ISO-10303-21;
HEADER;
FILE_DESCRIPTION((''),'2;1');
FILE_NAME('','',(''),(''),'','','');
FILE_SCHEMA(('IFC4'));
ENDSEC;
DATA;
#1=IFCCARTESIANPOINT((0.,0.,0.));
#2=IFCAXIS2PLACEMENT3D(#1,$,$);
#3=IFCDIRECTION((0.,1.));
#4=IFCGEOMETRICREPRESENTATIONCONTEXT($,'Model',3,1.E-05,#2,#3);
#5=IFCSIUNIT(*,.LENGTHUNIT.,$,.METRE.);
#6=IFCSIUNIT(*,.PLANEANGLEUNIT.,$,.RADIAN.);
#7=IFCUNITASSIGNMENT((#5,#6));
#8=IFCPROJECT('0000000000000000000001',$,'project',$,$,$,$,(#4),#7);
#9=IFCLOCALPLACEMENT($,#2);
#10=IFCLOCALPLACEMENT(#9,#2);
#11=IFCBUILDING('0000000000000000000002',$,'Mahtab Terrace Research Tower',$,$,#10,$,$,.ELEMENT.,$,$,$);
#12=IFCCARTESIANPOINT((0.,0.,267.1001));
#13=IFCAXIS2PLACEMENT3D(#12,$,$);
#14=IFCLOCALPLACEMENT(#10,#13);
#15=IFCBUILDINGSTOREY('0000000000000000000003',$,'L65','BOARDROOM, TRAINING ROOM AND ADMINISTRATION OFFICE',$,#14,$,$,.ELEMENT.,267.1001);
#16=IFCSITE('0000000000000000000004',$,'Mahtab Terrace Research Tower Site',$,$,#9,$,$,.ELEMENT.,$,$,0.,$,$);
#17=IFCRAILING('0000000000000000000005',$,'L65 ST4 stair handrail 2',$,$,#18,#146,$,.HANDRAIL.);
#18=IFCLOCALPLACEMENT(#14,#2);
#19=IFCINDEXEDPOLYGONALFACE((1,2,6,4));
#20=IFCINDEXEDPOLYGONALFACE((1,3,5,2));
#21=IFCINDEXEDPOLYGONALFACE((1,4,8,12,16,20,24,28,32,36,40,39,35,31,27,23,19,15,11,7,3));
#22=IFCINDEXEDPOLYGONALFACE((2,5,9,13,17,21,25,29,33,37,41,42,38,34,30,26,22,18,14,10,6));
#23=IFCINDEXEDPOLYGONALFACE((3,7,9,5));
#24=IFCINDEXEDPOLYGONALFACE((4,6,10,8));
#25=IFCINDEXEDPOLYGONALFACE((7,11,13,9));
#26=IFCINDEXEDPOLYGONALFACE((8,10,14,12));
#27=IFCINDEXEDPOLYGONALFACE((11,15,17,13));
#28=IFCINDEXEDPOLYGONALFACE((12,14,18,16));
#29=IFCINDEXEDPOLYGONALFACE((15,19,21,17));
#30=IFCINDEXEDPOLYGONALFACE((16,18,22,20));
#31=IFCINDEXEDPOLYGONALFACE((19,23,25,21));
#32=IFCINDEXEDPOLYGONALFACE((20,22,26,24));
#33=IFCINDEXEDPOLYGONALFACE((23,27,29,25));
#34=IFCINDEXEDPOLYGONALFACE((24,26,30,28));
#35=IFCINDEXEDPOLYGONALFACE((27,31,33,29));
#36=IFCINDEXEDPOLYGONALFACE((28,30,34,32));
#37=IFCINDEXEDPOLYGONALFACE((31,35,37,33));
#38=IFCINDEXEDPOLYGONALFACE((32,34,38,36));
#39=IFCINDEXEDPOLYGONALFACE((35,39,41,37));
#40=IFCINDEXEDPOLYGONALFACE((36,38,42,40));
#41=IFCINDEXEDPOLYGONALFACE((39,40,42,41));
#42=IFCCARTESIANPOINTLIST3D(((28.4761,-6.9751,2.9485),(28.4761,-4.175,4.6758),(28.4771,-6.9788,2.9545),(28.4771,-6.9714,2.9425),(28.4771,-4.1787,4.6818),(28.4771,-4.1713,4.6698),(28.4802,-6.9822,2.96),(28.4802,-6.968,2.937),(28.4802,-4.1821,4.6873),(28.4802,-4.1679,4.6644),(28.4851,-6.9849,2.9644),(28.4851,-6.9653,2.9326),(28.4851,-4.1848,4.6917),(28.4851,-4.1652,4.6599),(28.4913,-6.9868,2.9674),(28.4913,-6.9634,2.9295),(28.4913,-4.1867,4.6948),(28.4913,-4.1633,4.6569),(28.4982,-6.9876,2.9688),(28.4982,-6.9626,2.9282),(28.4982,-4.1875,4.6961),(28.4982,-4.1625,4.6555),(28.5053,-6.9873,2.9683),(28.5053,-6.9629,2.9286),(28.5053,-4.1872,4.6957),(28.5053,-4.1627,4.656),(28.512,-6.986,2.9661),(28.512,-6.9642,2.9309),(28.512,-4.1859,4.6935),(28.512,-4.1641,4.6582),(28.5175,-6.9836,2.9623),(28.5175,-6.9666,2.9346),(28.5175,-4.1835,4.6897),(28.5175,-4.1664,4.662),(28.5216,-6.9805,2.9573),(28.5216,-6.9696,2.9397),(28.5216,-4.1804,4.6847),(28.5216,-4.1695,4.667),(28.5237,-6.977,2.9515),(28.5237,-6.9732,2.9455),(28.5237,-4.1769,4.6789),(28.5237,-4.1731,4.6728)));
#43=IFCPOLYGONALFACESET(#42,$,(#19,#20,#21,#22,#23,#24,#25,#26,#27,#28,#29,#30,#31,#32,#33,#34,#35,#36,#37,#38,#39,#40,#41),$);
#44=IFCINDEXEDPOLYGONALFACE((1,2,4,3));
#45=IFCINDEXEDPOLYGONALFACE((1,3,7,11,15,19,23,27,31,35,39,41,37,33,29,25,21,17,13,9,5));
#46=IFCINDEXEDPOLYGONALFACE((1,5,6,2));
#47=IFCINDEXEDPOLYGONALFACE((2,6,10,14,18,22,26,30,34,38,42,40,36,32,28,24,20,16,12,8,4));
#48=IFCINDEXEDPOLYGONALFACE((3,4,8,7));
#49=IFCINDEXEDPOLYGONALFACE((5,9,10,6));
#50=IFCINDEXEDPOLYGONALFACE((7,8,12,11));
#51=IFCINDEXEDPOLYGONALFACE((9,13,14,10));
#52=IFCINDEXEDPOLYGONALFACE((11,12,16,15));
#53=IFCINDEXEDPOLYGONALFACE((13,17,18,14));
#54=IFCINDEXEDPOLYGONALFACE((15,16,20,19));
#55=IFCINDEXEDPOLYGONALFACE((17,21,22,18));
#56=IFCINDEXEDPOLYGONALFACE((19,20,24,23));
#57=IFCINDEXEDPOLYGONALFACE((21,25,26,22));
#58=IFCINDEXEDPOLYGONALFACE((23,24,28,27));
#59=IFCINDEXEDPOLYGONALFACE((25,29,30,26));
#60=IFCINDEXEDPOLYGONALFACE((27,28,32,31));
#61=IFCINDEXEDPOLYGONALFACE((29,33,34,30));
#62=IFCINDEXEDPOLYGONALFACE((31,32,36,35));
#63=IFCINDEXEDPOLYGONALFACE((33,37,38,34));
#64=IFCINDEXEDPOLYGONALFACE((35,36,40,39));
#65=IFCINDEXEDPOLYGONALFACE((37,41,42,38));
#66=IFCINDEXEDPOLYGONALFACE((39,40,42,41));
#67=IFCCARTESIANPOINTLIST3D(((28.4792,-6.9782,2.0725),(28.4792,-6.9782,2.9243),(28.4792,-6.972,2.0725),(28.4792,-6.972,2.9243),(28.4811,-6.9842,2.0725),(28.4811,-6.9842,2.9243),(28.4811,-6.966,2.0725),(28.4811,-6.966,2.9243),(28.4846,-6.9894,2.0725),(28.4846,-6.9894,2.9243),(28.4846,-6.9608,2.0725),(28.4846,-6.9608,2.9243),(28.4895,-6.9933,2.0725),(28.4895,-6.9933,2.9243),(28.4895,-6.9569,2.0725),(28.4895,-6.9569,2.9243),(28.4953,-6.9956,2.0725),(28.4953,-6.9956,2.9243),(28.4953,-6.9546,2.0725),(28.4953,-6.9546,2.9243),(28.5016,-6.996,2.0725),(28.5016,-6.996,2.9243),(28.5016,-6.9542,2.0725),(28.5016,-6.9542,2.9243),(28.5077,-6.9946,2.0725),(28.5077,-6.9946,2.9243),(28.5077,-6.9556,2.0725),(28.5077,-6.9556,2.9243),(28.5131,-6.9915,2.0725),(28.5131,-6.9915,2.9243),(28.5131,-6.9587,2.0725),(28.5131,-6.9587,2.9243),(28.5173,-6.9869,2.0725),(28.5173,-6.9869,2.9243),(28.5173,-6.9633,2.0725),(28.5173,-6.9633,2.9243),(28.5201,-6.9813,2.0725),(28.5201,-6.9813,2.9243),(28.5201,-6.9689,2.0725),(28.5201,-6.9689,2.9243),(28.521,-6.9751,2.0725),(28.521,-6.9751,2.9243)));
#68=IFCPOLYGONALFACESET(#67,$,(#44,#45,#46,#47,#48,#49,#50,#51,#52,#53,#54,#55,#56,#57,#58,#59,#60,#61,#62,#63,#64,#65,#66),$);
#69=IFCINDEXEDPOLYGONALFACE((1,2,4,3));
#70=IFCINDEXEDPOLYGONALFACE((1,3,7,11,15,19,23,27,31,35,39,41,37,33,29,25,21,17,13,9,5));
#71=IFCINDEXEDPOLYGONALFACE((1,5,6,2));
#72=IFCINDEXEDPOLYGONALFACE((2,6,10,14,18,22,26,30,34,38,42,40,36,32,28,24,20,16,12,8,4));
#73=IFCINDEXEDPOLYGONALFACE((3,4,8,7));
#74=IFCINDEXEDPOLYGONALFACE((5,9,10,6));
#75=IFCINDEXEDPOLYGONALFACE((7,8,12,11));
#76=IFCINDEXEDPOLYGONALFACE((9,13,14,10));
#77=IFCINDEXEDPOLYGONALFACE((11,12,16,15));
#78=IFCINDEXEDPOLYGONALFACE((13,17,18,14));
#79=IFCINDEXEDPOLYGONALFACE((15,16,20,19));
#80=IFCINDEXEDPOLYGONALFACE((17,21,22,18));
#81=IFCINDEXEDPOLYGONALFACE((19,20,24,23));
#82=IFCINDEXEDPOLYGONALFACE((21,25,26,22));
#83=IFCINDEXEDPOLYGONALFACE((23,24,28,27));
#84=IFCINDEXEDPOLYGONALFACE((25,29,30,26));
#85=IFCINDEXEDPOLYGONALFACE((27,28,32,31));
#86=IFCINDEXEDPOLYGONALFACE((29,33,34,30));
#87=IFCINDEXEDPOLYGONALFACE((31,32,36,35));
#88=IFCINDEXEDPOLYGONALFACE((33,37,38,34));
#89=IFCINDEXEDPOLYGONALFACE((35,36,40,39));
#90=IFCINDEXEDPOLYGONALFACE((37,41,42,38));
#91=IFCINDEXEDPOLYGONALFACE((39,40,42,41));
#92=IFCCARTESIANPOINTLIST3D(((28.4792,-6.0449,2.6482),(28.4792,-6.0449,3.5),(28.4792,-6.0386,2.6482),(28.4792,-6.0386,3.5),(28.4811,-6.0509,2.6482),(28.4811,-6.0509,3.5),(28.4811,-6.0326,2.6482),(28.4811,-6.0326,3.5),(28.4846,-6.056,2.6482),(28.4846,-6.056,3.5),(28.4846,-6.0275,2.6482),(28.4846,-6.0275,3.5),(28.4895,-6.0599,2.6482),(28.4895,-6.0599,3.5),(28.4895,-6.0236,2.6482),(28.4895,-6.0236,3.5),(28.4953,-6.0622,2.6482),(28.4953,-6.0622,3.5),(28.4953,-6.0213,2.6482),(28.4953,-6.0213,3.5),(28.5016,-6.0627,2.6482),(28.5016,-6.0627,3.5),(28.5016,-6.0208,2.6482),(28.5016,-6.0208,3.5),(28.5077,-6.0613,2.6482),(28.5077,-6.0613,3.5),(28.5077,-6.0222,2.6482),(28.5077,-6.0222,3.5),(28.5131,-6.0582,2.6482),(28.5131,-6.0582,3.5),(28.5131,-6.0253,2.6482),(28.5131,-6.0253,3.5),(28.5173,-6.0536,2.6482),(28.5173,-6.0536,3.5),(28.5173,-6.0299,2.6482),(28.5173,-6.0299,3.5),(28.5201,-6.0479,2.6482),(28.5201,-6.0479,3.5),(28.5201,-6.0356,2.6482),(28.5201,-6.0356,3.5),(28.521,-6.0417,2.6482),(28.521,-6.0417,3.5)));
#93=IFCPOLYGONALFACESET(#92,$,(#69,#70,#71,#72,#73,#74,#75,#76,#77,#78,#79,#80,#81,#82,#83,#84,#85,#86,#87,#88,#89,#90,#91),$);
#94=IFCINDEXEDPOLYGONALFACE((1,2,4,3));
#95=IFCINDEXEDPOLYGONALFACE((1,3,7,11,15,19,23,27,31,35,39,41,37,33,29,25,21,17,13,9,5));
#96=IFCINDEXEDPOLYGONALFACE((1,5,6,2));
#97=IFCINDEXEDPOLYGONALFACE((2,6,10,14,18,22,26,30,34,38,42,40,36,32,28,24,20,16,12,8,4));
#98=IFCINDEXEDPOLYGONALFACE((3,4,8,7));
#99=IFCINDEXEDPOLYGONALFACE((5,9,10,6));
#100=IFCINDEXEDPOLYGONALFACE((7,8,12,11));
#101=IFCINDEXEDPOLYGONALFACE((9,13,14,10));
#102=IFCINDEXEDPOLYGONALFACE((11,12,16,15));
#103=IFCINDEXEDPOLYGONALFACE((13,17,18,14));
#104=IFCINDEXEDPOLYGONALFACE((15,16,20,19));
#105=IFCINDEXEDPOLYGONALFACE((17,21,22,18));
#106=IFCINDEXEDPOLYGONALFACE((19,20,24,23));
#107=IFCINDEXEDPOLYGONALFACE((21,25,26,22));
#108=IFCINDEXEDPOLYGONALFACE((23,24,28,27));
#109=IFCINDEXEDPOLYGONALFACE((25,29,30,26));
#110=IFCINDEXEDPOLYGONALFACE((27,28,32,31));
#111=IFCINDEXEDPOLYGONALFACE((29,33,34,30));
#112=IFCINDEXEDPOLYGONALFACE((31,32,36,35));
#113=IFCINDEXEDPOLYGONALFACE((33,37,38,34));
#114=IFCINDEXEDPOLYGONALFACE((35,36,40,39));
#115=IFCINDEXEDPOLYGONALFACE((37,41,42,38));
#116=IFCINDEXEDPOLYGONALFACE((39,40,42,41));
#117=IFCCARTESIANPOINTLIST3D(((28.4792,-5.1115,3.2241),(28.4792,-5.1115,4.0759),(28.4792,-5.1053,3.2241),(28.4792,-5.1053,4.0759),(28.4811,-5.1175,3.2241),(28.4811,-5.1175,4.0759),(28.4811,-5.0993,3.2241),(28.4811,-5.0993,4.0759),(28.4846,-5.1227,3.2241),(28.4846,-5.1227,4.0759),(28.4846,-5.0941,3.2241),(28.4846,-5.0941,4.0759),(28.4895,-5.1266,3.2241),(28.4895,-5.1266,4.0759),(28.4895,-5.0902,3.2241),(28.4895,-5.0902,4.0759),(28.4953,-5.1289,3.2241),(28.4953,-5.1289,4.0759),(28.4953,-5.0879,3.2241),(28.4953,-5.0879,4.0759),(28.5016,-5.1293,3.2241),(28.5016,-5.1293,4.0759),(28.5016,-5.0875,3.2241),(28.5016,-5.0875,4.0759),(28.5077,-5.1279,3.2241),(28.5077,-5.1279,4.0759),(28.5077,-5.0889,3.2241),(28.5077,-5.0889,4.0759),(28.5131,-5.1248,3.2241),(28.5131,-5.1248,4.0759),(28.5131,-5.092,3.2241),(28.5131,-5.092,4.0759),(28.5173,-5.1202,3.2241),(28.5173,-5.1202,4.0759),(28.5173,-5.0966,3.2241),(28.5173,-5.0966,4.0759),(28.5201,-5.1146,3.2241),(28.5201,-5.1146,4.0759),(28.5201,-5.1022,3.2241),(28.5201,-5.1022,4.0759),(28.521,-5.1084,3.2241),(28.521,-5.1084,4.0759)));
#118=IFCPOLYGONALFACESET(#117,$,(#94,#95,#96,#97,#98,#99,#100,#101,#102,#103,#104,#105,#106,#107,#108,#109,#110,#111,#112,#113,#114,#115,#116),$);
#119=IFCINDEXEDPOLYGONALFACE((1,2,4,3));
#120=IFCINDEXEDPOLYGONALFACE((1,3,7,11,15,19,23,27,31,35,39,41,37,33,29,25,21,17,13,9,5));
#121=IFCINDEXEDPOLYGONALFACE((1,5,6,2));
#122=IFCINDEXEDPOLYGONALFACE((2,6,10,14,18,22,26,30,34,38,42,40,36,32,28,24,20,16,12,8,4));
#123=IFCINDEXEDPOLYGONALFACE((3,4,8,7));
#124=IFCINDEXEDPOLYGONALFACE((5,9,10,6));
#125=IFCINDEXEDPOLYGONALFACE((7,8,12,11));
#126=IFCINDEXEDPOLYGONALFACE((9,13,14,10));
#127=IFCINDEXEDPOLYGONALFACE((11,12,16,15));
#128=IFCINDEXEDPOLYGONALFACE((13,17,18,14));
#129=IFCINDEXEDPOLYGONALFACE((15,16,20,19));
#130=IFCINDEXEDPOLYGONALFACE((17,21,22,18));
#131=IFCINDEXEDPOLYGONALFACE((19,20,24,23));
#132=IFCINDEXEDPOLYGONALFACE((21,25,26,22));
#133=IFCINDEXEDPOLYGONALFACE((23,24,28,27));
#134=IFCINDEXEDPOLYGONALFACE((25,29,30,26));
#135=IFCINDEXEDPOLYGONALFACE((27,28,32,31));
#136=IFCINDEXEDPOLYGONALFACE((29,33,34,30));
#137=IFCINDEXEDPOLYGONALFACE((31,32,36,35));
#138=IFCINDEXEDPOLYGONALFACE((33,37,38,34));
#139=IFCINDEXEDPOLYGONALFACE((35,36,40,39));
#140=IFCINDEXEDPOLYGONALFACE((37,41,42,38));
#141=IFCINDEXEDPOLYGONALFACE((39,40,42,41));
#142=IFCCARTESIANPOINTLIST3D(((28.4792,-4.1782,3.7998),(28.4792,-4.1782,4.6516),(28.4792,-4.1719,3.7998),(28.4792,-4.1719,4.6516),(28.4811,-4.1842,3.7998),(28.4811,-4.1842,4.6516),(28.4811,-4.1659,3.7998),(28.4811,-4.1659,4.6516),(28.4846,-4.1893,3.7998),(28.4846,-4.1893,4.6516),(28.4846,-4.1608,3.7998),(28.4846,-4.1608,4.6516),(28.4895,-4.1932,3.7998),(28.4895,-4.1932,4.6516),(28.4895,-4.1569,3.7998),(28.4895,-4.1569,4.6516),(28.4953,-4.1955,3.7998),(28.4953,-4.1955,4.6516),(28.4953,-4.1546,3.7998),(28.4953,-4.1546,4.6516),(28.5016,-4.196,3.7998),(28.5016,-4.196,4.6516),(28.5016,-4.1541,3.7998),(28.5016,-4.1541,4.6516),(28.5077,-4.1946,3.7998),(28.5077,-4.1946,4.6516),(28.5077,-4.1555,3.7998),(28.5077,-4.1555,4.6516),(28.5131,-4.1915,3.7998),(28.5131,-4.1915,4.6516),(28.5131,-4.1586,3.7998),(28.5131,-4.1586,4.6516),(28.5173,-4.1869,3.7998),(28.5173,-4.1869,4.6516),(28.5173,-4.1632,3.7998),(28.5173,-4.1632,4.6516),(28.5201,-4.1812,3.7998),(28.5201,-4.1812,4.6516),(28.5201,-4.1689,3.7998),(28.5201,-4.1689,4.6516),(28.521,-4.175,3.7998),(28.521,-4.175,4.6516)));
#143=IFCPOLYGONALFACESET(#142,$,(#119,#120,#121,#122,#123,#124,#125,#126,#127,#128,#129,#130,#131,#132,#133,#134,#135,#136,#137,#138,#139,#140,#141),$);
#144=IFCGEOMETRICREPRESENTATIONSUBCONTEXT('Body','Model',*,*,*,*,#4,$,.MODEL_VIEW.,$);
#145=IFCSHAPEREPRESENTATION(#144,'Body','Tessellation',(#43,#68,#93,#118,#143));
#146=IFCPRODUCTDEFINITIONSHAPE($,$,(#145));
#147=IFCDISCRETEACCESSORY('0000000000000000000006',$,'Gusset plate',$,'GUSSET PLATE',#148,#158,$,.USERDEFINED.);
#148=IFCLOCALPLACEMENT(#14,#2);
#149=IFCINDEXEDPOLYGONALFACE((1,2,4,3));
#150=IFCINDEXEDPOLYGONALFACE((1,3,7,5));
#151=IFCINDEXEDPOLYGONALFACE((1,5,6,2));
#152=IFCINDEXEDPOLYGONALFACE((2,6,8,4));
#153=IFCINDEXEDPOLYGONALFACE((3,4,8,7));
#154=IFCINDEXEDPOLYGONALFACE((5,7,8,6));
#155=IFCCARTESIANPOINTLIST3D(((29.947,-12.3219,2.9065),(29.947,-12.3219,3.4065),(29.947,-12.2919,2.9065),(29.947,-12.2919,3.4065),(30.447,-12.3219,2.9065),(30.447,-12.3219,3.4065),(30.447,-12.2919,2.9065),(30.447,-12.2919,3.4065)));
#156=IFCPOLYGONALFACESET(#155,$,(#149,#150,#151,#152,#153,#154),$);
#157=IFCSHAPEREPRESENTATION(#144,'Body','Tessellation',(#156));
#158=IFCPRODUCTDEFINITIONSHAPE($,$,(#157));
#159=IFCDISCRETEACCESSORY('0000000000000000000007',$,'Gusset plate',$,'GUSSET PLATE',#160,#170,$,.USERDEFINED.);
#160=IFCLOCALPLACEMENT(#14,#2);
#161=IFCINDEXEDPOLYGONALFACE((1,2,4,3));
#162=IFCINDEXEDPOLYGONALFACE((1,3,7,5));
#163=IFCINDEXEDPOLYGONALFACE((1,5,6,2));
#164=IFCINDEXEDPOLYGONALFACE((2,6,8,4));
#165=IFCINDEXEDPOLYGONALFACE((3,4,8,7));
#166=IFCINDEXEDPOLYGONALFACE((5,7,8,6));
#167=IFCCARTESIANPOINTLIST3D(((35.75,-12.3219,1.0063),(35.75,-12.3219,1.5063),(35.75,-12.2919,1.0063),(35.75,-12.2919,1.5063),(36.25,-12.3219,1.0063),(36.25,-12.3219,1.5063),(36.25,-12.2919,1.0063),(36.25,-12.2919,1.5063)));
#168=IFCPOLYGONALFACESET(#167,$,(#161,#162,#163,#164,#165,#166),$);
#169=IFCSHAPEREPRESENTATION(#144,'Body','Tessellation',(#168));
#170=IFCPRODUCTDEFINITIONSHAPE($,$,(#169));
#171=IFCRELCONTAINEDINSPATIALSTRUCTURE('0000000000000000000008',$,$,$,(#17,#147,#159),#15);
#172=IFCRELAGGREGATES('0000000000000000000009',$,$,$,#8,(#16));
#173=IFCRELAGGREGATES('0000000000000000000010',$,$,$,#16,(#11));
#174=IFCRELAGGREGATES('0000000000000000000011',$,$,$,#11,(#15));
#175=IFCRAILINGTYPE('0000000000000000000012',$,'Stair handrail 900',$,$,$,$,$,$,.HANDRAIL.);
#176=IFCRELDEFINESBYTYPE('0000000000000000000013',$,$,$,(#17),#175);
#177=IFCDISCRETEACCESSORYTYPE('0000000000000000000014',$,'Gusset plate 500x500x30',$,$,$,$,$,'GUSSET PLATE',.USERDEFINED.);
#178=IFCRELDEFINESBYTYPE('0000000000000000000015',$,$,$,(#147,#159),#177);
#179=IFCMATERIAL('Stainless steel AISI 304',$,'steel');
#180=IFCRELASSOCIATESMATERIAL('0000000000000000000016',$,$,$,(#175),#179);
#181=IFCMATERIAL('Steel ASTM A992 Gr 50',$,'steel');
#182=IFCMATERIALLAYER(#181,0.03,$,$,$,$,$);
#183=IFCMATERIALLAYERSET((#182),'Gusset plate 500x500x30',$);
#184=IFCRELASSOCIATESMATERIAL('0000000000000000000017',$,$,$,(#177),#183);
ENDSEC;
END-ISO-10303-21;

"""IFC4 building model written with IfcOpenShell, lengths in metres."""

from ifc_helpers import new_model, si_unit, direction, frame, origin, origin_2d, place, context, subcontext, project, spatial, rectangle, circle, extrude, material, layer, layer_set, type_object, element, save


model = new_model("IFC4")

# Units and contexts
model_context = context("Model", 3, precision=1e-05, world=origin(), true_north=direction((0.0, 1.0)))
body_context = subcontext(model_context, "Body", "Model", "MODEL_VIEW")
ifc_project = project(units=[si_unit("LENGTHUNIT", "METRE"), si_unit("PLANEANGLEUNIT", "RADIAN")], contexts=[model_context])

# Site, building, storey
site_placement = place(None, origin())
site = spatial("IfcSite", under=ifc_project, at=site_placement, Name="Mahtab Terrace Research Tower Site", CompositionType="ELEMENT", RefElevation=0.0)
building_placement = place(site_placement, origin())
building = spatial("IfcBuilding", under=site, at=building_placement, Name="Mahtab Terrace Research Tower", CompositionType="ELEMENT")
storey_placement = place(building_placement, frame((0.0, 0.0, 267.1001)))
storey = spatial("IfcBuildingStorey", under=building, at=storey_placement, Name="L65", Description="BOARDROOM, TRAINING ROOM AND ADMINISTRATION OFFICE", CompositionType="ELEMENT", Elevation=267.1001)

# Shared definitions
ifc_material_1 = material(Name="Steel ASTM A992 Gr 50", Category="steel")

# Railing
ifc_material_2 = material(Name="Stainless steel AISI 304", Category="steel")
railing_type_1 = type_object("IfcRailingType", Name="Stair handrail 900", PredefinedType="HANDRAIL", material=ifc_material_2)
railing_1_placement = place(storey_placement, frame((28.5, -6.9751, 2.0725)))
element("IfcRailing", 1, at=railing_1_placement, inside=storey, type_object=railing_type_1, Name="L65 ST4 stair handrail 2", PredefinedType="HANDRAIL", context=body_context, shape_type="SweptSolid", body=[
    extrude(circle(Radius=0.0239, at=origin_2d()), frame((0.0, 0.0, 0.876), z_axis=(0.0, 0.85109, 0.52502), x_axis=(-1.0, 0.0, 0.0)), (0.0, 0.0, 1.0), 3.29),
    extrude(circle(Radius=0.021, at=origin_2d()), origin(), (0.0, 0.0, 1.0), 0.8518),
    extrude(circle(Radius=0.021, at=origin_2d()), frame((0.0, 0.9333, 0.5757)), (0.0, 0.0, 1.0), 0.8518),
    extrude(circle(Radius=0.021, at=origin_2d()), frame((0.0, 1.8667, 1.1516)), (0.0, 0.0, 1.0), 0.8518),
    extrude(circle(Radius=0.021, at=origin_2d()), frame((0.0, 2.8, 1.7273)), (0.0, 0.0, 1.0), 0.8518),
])

# Discrete accessories
ifc_layer_1 = layer(ifc_material_1, 0.03)
ifc_layer_set_1 = layer_set([ifc_layer_1], Name="Gusset plate 500x500x30")
discrete_accessory_type = type_object("IfcDiscreteAccessoryType", Name="Gusset plate 500x500x30", ElementType="GUSSET PLATE", PredefinedType="USERDEFINED", material=ifc_layer_set_1)
for number, where, z_axis, x_axis, name in (
    (2, (30.197, -12.3069, 2.9065), (0.0, 0.0, 1.0), (1.0, 0.0, 0.0), "Gusset plate"),
    (3, (36.0, -12.3069, 1.0063), (0.0, 0.0, 1.0), (1.0, 0.0, 0.0), "Gusset plate"),
):
    element("IfcDiscreteAccessory", number, at=place(storey_placement, frame(where, z_axis=z_axis, x_axis=x_axis)), inside=storey, type_object=discrete_accessory_type, Name=name, ObjectType="GUSSET PLATE", PredefinedType="USERDEFINED", context=body_context, shape_type="SweptSolid", body=[
        extrude(rectangle(XDim=0.5, YDim=0.03, at=origin_2d()), origin(), (0.0, 0.0, 1.0), 0.5),
    ])

save(model, "model.ifc")
